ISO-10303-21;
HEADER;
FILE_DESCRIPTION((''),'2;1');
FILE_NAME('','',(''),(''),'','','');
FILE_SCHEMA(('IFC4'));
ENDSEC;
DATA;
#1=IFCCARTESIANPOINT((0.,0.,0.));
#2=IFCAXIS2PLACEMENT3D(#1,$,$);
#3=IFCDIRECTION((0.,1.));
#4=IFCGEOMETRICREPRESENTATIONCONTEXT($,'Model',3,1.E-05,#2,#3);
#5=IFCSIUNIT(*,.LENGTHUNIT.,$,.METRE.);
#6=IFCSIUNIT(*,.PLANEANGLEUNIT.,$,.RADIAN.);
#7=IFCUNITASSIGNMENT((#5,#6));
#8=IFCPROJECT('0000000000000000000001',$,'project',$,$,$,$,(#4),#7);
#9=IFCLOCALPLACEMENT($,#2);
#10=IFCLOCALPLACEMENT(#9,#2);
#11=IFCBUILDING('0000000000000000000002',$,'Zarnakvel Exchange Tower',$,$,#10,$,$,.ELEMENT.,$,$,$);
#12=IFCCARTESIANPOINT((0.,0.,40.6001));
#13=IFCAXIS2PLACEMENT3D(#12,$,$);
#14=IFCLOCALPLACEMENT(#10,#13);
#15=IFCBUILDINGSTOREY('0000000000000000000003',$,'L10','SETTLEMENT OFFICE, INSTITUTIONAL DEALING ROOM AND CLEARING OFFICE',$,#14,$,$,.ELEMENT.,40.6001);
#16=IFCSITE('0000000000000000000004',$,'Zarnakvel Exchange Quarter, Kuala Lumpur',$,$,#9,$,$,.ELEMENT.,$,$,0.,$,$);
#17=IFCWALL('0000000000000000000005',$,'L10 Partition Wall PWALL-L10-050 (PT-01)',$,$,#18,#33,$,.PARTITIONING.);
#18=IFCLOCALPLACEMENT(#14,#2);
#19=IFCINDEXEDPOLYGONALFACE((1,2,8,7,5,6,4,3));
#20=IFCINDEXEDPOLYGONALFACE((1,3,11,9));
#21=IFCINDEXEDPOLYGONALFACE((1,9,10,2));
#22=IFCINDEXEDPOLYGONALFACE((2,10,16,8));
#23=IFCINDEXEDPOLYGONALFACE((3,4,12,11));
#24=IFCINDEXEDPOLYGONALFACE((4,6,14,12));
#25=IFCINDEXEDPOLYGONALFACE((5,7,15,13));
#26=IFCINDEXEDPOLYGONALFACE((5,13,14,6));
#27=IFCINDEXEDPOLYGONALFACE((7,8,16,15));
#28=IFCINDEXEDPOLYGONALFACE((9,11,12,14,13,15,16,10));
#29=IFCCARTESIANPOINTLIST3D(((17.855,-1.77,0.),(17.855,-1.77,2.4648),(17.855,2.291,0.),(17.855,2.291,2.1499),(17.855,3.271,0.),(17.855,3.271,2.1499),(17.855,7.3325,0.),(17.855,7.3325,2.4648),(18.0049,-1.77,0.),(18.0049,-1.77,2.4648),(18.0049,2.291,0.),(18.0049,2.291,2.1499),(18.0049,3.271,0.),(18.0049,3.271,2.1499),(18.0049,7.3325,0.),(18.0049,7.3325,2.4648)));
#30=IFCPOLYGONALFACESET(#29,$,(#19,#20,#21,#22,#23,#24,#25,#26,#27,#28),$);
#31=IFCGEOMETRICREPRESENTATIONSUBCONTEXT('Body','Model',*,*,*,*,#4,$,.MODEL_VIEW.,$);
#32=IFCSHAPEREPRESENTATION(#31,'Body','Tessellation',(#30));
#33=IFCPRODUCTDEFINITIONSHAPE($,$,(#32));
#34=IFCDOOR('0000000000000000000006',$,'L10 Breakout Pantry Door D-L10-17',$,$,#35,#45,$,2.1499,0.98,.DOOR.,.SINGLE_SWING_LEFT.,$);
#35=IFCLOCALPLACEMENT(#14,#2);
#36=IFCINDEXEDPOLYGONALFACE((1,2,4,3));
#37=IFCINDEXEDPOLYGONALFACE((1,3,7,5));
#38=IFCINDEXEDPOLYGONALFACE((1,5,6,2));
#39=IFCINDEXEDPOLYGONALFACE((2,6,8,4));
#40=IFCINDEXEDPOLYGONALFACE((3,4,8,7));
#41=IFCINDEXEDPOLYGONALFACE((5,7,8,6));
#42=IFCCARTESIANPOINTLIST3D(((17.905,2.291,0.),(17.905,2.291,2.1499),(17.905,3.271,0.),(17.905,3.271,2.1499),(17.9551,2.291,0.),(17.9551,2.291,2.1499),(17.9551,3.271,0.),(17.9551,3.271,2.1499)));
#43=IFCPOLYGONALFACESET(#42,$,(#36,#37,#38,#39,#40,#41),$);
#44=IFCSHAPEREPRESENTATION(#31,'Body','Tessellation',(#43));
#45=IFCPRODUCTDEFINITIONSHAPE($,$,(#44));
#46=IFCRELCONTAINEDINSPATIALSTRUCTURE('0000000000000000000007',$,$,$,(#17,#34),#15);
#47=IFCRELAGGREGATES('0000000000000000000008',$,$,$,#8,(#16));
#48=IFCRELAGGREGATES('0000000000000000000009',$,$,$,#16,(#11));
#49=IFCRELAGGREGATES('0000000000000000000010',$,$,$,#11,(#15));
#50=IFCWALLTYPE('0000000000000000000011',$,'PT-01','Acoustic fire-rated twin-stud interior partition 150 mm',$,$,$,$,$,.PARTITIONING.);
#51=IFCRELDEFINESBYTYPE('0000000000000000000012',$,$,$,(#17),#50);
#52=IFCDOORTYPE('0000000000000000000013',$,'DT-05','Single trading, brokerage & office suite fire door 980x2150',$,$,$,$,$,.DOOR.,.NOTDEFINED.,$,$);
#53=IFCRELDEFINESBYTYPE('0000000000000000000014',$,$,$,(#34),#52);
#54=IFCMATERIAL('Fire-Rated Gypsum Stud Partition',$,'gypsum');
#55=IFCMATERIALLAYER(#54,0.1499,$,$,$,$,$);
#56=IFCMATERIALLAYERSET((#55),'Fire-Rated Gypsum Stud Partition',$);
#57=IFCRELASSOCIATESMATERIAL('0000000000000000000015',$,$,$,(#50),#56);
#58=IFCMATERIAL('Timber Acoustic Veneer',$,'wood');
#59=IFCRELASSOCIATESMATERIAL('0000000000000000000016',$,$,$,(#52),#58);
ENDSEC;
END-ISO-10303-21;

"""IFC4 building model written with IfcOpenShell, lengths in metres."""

from ifc_helpers import new_model, si_unit, direction, frame, frame_2d, origin, place, context, subcontext, project, spatial, rectangle, extrude, source, transform, mapped, material, layer, layer_set, type_object, element, fill, save


model = new_model("IFC4")

# Units and contexts
model_context = context("Model", 3, precision=1e-05, world=origin(), true_north=direction((0.0, 1.0)))
body_context = subcontext(model_context, "Body", "Model", "MODEL_VIEW")
ifc_project = project(units=[si_unit("LENGTHUNIT", "METRE"), si_unit("PLANEANGLEUNIT", "RADIAN")], contexts=[model_context])

# Site, building, storey
site_placement = place(None, origin())
site = spatial("IfcSite", under=ifc_project, at=site_placement, Name="Zarnakvel Exchange Quarter, Kuala Lumpur", CompositionType="ELEMENT", RefElevation=0.0)
building_placement = place(site_placement, origin())
building = spatial("IfcBuilding", under=site, at=building_placement, Name="Zarnakvel Exchange Tower", CompositionType="ELEMENT")
storey_placement = place(building_placement, frame((0.0, 0.0, 40.6001)))
storey = spatial("IfcBuildingStorey", under=building, at=storey_placement, Name="L10", Description="SETTLEMENT OFFICE, INSTITUTIONAL DEALING ROOM AND CLEARING OFFICE", CompositionType="ELEMENT", Elevation=40.6001)

# Shared definitions
ifc_material_1 = material(Name="Fire-Rated Gypsum Stud Partition", Category="gypsum")
ifc_layer_1 = layer(ifc_material_1, 0.1499)
ifc_layer_set_1 = layer_set([ifc_layer_1], Name="Fire-Rated Gypsum Stud Partition")
wall_type_1 = type_object("IfcWallType", Name="PT-01", Description="Acoustic fire-rated twin-stud interior partition 150 mm", PredefinedType="PARTITIONING", material=ifc_layer_set_1)

# Shared definitions
ifc_material_2 = material(Name="Timber Acoustic Veneer", Category="wood")
door_type = type_object("IfcDoorType", Name="DT-05", Description="Single trading, brokerage & office suite fire door 980x2150", OperationType="NOTDEFINED", PredefinedType="DOOR", material=ifc_material_2)
shared_shape_1 = source(origin(), body_context, "Body", "SweptSolid", [
    extrude(rectangle(XDim=0.98, YDim=2.1499, at=frame_2d((0.49, 1.075))), frame((0.0, 0.0249, 0.0), z_axis=(0.0, -1.0, 0.0), x_axis=(1.0, 0.0, 0.0)), (0.0, 0.0, 1.0), 0.05),
])

# Wall, opening, door
wall_1_placement = place(storey_placement, frame((17.9299, -1.77, 0.0), z_axis=(0.0, 0.0, 1.0), x_axis=(0.0, 1.0, 0.0)))
wall_1 = element("IfcWall", 1, at=wall_1_placement, inside=storey, type_object=wall_type_1, Name="L10 Partition Wall PWALL-L10-050 (PT-01)", PredefinedType="PARTITIONING", context=body_context, shape_type="SweptSolid", body=[
    extrude(rectangle(XDim=9.1025, YDim=0.1499, at=frame_2d((4.5513, 0.0))), origin(), (0.0, 0.0, 1.0), 2.4648),
])
opening_1_placement = place(wall_1_placement, frame((4.061, 0.0, 0.0)))
opening_1 = element("IfcOpeningElement", 2, at=opening_1_placement, cuts=wall_1, PredefinedType="OPENING", context=body_context, shape_type="SweptSolid", body=[
    extrude(rectangle(XDim=0.98, YDim=2.1499, at=frame_2d((0.49, 1.075))), frame((0.0, 0.085, 0.0), z_axis=(0.0, -1.0, 0.0), x_axis=(1.0, 0.0, 0.0)), (0.0, 0.0, 1.0), 0.1699),
])
door_1_placement = place(opening_1_placement, origin())
door_1 = element("IfcDoor", 3, at=door_1_placement, inside=storey, type_object=door_type, Name="L10 Breakout Pantry Door D-L10-17", OperationType="SINGLE_SWING_LEFT", OverallHeight=2.1499, OverallWidth=0.98, PredefinedType="DOOR", context=body_context, shape_type="MappedRepresentation", body=[
    mapped(shared_shape_1, transform((0.0, 0.0, 0.0), x_axis=(1.0, 0.0, 0.0), y_axis=(0.0, 1.0, 0.0), z_axis=(0.0, 0.0, 1.0), scale=1.0)),
])
fill(opening_1, door_1)

save(model, "model.ifc")
